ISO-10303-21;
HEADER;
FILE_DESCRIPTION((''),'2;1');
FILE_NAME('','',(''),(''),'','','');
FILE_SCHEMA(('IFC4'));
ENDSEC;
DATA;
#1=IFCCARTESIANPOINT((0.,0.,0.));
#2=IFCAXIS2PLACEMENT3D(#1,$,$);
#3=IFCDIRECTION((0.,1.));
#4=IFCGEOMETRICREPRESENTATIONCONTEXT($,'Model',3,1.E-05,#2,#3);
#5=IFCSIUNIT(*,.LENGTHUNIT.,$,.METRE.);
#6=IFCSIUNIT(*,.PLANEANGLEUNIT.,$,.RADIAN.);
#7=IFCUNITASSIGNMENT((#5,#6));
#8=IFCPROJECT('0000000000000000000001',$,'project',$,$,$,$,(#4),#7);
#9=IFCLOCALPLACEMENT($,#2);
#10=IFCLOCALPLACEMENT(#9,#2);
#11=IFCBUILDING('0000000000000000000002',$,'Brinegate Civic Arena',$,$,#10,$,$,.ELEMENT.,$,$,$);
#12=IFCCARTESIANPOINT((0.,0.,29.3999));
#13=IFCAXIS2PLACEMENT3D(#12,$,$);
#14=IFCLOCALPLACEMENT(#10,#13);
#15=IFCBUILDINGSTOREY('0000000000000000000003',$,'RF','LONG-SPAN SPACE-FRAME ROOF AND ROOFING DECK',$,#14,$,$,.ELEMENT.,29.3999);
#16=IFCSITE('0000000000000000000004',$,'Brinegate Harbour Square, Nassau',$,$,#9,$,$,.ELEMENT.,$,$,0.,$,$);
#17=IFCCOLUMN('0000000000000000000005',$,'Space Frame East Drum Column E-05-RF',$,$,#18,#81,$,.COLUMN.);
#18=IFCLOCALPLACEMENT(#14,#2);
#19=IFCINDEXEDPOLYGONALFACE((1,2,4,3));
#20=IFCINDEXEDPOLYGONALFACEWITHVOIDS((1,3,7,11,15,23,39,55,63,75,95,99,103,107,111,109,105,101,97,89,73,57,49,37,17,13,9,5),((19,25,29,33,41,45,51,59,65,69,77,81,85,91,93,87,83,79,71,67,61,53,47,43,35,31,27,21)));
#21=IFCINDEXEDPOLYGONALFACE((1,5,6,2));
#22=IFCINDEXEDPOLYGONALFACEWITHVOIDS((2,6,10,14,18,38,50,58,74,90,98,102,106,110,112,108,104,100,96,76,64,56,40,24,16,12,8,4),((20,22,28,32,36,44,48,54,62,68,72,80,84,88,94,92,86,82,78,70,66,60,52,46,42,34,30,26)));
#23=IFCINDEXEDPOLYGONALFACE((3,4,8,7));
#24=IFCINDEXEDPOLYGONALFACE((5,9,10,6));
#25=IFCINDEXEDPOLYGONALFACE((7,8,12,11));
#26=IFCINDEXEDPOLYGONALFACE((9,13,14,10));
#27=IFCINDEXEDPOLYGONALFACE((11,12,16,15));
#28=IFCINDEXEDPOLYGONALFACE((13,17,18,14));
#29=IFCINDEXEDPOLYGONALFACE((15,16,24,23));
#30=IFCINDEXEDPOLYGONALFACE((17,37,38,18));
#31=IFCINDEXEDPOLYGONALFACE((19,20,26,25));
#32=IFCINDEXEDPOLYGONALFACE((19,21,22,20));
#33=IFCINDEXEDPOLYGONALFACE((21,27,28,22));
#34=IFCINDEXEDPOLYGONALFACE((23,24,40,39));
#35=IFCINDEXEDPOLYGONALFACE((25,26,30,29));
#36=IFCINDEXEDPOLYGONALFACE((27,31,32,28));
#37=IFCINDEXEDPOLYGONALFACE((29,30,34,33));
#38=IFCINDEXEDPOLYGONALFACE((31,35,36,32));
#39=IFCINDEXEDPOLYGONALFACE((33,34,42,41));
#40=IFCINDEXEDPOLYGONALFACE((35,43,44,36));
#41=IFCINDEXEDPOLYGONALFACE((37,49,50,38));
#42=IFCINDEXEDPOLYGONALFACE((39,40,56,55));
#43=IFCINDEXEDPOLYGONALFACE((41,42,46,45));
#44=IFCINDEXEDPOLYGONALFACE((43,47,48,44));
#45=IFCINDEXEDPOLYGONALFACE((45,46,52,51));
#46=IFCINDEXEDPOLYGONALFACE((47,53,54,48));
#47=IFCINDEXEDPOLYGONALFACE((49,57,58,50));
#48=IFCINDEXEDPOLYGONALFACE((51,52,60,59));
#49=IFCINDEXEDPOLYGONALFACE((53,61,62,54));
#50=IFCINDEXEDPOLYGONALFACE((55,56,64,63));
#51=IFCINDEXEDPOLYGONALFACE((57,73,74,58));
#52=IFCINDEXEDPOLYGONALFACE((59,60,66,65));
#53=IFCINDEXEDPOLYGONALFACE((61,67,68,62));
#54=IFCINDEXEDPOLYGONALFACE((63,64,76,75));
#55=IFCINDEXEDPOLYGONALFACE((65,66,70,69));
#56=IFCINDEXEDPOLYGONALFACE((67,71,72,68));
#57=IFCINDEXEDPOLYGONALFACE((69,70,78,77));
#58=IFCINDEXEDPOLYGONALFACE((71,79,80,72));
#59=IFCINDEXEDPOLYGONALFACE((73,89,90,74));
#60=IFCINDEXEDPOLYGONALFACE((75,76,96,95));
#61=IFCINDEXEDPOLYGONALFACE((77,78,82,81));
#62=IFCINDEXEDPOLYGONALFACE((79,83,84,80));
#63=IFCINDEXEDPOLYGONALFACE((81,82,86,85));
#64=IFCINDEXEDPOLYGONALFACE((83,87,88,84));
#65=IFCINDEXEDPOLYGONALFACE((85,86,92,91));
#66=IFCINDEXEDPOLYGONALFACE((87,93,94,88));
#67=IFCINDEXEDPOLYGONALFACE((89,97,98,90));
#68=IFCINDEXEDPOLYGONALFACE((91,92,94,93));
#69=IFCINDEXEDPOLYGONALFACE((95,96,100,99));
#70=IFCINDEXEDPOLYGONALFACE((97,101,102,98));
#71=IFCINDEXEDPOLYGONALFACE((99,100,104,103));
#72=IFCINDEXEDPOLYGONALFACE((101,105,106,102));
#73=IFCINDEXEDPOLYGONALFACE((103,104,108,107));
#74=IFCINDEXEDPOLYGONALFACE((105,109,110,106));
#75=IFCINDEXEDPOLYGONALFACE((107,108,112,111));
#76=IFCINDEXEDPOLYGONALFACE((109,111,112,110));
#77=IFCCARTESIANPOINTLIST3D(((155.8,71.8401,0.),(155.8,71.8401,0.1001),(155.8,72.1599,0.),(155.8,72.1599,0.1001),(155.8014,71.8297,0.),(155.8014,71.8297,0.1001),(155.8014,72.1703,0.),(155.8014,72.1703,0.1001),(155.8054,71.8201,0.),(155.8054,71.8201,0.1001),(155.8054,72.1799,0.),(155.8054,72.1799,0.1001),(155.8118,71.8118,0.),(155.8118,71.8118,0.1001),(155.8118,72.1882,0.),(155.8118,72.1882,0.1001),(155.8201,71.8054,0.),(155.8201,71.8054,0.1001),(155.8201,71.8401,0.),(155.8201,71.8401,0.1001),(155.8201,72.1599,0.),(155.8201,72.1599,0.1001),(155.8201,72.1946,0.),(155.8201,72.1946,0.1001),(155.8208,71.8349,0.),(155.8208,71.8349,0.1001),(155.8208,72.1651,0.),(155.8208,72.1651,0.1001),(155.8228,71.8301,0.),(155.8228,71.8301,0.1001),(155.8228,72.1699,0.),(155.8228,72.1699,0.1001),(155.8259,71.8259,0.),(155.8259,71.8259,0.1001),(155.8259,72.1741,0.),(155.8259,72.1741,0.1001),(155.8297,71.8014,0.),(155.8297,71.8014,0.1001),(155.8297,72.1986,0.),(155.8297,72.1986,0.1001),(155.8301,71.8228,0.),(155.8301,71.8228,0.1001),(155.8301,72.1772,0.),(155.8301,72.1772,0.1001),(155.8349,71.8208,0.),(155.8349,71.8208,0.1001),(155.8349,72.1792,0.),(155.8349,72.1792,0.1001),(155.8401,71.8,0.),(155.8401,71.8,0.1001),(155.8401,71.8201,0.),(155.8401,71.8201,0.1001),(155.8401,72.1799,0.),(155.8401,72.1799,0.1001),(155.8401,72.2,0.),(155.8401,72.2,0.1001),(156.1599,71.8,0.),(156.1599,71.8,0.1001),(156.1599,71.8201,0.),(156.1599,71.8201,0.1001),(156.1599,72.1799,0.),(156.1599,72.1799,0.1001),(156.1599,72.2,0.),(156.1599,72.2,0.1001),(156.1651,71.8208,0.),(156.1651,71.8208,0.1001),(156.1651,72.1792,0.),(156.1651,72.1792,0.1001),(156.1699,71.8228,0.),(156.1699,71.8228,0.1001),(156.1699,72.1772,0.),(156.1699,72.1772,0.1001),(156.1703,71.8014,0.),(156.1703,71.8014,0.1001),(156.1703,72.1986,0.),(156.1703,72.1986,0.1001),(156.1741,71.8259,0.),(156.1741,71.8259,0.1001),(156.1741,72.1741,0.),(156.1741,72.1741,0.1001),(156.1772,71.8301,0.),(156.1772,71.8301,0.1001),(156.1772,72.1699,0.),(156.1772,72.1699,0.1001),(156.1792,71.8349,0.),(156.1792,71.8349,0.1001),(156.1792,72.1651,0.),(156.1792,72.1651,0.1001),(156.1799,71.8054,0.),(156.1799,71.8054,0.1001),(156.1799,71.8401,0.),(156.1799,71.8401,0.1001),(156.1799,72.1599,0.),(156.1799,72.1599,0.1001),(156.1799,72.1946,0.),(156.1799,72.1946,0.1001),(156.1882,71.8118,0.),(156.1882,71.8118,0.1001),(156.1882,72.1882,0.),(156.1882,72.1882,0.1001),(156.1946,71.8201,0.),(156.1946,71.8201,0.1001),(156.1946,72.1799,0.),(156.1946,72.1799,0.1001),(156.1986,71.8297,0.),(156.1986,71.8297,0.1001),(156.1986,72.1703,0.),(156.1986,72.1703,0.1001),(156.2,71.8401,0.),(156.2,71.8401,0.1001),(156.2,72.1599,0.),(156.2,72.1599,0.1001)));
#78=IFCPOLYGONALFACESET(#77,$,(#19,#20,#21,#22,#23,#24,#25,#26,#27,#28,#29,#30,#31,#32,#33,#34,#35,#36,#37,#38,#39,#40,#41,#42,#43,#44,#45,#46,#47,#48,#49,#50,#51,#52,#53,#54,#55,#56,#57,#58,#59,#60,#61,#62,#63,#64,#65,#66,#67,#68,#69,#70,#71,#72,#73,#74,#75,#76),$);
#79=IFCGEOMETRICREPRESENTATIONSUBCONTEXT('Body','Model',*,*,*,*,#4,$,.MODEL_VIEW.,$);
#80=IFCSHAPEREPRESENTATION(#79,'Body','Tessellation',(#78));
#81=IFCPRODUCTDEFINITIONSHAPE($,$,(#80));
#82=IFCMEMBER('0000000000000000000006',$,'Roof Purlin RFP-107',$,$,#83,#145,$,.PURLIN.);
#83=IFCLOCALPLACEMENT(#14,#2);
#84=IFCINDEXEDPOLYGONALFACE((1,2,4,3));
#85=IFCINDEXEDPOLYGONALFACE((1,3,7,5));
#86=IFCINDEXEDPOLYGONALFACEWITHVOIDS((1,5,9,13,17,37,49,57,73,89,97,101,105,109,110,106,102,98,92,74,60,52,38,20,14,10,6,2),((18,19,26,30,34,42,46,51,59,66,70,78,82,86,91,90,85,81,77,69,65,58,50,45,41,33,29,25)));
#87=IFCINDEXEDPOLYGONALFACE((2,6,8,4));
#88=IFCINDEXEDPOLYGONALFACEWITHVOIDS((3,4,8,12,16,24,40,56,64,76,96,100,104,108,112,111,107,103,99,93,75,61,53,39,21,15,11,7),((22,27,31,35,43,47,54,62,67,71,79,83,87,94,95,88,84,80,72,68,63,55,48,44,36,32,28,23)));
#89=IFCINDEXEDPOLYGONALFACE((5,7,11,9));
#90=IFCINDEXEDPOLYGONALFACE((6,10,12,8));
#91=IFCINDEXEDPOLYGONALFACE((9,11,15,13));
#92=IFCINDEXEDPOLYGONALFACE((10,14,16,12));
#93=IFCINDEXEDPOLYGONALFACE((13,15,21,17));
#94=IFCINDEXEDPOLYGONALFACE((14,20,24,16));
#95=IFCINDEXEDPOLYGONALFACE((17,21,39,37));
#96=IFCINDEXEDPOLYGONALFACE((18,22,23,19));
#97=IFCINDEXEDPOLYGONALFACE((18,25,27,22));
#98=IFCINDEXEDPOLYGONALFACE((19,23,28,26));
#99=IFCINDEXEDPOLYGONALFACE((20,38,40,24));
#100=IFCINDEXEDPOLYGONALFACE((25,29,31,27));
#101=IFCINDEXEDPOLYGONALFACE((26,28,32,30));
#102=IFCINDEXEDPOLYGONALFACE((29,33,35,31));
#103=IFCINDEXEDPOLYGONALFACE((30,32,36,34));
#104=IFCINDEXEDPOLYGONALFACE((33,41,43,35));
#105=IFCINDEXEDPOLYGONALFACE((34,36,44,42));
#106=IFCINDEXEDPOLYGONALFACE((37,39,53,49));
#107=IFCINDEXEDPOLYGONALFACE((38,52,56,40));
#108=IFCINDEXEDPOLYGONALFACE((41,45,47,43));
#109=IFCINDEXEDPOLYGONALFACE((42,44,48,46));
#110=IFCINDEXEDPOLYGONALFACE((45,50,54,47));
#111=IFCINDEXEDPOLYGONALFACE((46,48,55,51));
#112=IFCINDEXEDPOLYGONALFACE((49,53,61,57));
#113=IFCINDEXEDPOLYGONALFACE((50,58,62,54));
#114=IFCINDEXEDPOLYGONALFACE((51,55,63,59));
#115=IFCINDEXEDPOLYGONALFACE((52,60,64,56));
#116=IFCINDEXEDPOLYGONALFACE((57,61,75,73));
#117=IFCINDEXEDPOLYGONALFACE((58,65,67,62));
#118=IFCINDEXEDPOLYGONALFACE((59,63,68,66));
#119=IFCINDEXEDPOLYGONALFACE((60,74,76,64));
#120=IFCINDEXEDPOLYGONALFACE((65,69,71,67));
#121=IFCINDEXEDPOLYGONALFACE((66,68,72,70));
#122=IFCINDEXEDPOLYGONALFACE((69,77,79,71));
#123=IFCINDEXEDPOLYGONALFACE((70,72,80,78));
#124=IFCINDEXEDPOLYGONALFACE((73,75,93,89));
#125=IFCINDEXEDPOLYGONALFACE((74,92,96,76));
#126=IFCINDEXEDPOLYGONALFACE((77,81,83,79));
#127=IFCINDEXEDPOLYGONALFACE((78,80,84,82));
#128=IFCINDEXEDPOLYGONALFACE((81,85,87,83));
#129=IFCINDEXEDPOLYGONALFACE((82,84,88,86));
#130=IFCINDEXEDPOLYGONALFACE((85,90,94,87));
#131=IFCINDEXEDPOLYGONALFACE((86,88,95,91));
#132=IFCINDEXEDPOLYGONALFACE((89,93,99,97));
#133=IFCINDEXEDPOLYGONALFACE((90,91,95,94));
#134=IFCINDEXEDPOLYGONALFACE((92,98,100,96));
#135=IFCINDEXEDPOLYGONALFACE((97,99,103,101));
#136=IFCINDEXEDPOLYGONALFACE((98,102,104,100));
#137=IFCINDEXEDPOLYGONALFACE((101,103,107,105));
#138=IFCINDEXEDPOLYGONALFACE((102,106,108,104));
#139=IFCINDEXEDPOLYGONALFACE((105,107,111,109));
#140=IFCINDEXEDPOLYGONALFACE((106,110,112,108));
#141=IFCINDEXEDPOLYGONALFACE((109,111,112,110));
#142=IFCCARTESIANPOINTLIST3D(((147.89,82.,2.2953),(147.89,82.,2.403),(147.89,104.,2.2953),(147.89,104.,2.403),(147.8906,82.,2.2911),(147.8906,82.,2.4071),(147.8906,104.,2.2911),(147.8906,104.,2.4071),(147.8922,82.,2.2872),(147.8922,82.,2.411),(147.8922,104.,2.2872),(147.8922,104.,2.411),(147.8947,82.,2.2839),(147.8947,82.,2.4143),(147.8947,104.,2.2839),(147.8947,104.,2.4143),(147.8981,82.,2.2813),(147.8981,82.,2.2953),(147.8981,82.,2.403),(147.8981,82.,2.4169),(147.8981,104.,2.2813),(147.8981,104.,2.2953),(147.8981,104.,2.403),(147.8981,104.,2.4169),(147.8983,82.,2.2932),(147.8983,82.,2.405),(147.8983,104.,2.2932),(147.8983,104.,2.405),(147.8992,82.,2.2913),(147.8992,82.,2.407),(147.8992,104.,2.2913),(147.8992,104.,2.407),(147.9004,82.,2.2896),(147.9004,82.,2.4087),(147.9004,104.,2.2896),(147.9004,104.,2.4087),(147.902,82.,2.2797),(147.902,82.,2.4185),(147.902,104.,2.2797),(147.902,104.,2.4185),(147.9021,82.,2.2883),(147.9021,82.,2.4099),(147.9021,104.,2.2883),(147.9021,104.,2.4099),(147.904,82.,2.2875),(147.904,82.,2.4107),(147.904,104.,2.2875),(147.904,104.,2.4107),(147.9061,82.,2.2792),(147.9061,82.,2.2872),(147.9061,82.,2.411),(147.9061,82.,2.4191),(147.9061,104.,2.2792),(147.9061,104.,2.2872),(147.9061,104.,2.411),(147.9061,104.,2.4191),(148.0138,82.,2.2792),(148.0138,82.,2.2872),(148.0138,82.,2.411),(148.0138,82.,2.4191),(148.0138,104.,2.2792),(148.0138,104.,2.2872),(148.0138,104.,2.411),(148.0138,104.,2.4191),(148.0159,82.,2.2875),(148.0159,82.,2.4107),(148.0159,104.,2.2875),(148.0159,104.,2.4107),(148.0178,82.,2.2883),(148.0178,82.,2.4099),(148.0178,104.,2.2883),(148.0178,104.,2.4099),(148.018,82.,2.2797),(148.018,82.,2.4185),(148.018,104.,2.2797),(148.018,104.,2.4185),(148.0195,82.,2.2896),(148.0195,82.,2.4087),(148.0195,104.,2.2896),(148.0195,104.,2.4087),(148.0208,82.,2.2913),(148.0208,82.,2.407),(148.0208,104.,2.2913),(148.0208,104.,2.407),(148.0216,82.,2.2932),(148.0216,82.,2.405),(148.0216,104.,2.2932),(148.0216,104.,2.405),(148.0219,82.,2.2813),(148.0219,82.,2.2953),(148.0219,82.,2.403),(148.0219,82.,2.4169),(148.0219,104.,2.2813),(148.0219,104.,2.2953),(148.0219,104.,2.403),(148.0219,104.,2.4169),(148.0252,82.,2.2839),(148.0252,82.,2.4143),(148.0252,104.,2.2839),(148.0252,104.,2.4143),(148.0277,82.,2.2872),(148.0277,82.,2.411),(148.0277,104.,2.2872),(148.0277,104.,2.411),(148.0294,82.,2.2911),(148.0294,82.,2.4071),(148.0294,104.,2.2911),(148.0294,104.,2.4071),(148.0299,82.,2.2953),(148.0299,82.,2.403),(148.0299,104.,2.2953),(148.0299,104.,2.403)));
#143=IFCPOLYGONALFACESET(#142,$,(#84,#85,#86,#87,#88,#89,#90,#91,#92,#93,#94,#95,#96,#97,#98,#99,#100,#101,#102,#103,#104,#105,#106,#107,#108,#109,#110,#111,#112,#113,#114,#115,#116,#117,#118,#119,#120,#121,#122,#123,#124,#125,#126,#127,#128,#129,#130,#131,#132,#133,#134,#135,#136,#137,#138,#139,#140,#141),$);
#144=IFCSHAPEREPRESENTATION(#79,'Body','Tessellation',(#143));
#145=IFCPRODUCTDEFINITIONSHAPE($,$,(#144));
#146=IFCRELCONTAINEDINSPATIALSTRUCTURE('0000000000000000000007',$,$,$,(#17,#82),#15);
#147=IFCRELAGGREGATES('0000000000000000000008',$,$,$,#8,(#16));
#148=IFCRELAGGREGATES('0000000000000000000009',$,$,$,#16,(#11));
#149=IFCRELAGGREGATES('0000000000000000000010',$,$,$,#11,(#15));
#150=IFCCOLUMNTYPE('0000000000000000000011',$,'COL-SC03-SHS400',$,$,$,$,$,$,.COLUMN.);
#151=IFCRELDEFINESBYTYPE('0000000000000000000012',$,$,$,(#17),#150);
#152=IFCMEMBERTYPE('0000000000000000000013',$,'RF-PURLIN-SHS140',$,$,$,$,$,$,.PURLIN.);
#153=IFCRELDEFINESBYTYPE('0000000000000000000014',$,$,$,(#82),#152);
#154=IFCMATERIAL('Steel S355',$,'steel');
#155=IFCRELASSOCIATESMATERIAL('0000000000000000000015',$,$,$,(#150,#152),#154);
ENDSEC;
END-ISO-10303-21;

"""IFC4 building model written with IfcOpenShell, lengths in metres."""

from ifc_helpers import new_model, si_unit, direction, frame, origin, origin_2d, place, context, subcontext, project, spatial, hollow_rectangle, extrude, material, material_profile, profile_set, type_object, element, save


model = new_model("IFC4")

# Units and contexts
model_context = context("Model", 3, precision=1e-05, world=origin(), true_north=direction((0.0, 1.0)))
body_context = subcontext(model_context, "Body", "Model", "MODEL_VIEW")
ifc_project = project(units=[si_unit("LENGTHUNIT", "METRE"), si_unit("PLANEANGLEUNIT", "RADIAN")], contexts=[model_context])

# Site, building, storey
site_placement = place(None, origin())
site = spatial("IfcSite", under=ifc_project, at=site_placement, Name="Brinegate Harbour Square, Nassau", CompositionType="ELEMENT", RefElevation=0.0)
building_placement = place(site_placement, origin())
building = spatial("IfcBuilding", under=site, at=building_placement, Name="Brinegate Civic Arena", CompositionType="ELEMENT")
storey_placement = place(building_placement, frame((0.0, 0.0, 29.3999)))
storey = spatial("IfcBuildingStorey", under=building, at=storey_placement, Name="RF", Description="LONG-SPAN SPACE-FRAME ROOF AND ROOFING DECK", CompositionType="ELEMENT", Elevation=29.3999)

# Column
ifc_material_1 = material(Name="Steel S355", Category="steel")
ifc_material_profile_1 = material_profile(ifc_material_1, hollow_rectangle(XDim=0.3999, YDim=0.3999, WallThickness=0.02, InnerFilletRadius=0.02, OuterFilletRadius=0.04, at=origin_2d()), Name="SHS400X20")
ifc_profile_set_1 = profile_set([ifc_material_profile_1], Name="Steel S355")
column_type = type_object("IfcColumnType", Name="COL-SC03-SHS400", PredefinedType="COLUMN", material=ifc_profile_set_1)
column_placement = place(storey_placement, frame((156.0, 72.0, 0.0), z_axis=(0.0, 0.0, 1.0), x_axis=(1.0, 0.0, 0.0)))
element("IfcColumn", 1, at=column_placement, inside=storey, type_object=column_type, Name="Space Frame East Drum Column E-05-RF", PredefinedType="COLUMN", context=body_context, shape_type="SweptSolid", body=[
    extrude(hollow_rectangle(XDim=0.3999, YDim=0.3999, WallThickness=0.02, InnerFilletRadius=0.02, OuterFilletRadius=0.04, at=origin_2d()), origin(), (0.0, 0.0, 1.0), 0.1001),
])

# Member
ifc_material_profile_2 = material_profile(ifc_material_1, hollow_rectangle(XDim=0.1399, YDim=0.1399, WallThickness=0.0081, InnerFilletRadius=0.0081, OuterFilletRadius=0.0161, at=origin_2d()), Name="SHS140X8")
ifc_profile_set_2 = profile_set([ifc_material_profile_2], Name="Steel S355")
member_type_1 = type_object("IfcMemberType", Name="RF-PURLIN-SHS140", PredefinedType="PURLIN", material=ifc_profile_set_2)
member_1_placement = place(storey_placement, frame((147.96, 82.0, 2.3491), z_axis=(0.0, 1.0, 0.0), x_axis=(-1.0, 0.0, 0.0)))
element("IfcMember", 2, at=member_1_placement, inside=storey, type_object=member_type_1, Name="Roof Purlin RFP-107", PredefinedType="PURLIN", context=body_context, shape_type="SweptSolid", body=[
    extrude(hollow_rectangle(XDim=0.1399, YDim=0.1399, WallThickness=0.0081, InnerFilletRadius=0.0081, OuterFilletRadius=0.0161, at=origin_2d()), origin(), (0.0, 0.0, 1.0), 22.0),
])

save(model, "model.ifc")
